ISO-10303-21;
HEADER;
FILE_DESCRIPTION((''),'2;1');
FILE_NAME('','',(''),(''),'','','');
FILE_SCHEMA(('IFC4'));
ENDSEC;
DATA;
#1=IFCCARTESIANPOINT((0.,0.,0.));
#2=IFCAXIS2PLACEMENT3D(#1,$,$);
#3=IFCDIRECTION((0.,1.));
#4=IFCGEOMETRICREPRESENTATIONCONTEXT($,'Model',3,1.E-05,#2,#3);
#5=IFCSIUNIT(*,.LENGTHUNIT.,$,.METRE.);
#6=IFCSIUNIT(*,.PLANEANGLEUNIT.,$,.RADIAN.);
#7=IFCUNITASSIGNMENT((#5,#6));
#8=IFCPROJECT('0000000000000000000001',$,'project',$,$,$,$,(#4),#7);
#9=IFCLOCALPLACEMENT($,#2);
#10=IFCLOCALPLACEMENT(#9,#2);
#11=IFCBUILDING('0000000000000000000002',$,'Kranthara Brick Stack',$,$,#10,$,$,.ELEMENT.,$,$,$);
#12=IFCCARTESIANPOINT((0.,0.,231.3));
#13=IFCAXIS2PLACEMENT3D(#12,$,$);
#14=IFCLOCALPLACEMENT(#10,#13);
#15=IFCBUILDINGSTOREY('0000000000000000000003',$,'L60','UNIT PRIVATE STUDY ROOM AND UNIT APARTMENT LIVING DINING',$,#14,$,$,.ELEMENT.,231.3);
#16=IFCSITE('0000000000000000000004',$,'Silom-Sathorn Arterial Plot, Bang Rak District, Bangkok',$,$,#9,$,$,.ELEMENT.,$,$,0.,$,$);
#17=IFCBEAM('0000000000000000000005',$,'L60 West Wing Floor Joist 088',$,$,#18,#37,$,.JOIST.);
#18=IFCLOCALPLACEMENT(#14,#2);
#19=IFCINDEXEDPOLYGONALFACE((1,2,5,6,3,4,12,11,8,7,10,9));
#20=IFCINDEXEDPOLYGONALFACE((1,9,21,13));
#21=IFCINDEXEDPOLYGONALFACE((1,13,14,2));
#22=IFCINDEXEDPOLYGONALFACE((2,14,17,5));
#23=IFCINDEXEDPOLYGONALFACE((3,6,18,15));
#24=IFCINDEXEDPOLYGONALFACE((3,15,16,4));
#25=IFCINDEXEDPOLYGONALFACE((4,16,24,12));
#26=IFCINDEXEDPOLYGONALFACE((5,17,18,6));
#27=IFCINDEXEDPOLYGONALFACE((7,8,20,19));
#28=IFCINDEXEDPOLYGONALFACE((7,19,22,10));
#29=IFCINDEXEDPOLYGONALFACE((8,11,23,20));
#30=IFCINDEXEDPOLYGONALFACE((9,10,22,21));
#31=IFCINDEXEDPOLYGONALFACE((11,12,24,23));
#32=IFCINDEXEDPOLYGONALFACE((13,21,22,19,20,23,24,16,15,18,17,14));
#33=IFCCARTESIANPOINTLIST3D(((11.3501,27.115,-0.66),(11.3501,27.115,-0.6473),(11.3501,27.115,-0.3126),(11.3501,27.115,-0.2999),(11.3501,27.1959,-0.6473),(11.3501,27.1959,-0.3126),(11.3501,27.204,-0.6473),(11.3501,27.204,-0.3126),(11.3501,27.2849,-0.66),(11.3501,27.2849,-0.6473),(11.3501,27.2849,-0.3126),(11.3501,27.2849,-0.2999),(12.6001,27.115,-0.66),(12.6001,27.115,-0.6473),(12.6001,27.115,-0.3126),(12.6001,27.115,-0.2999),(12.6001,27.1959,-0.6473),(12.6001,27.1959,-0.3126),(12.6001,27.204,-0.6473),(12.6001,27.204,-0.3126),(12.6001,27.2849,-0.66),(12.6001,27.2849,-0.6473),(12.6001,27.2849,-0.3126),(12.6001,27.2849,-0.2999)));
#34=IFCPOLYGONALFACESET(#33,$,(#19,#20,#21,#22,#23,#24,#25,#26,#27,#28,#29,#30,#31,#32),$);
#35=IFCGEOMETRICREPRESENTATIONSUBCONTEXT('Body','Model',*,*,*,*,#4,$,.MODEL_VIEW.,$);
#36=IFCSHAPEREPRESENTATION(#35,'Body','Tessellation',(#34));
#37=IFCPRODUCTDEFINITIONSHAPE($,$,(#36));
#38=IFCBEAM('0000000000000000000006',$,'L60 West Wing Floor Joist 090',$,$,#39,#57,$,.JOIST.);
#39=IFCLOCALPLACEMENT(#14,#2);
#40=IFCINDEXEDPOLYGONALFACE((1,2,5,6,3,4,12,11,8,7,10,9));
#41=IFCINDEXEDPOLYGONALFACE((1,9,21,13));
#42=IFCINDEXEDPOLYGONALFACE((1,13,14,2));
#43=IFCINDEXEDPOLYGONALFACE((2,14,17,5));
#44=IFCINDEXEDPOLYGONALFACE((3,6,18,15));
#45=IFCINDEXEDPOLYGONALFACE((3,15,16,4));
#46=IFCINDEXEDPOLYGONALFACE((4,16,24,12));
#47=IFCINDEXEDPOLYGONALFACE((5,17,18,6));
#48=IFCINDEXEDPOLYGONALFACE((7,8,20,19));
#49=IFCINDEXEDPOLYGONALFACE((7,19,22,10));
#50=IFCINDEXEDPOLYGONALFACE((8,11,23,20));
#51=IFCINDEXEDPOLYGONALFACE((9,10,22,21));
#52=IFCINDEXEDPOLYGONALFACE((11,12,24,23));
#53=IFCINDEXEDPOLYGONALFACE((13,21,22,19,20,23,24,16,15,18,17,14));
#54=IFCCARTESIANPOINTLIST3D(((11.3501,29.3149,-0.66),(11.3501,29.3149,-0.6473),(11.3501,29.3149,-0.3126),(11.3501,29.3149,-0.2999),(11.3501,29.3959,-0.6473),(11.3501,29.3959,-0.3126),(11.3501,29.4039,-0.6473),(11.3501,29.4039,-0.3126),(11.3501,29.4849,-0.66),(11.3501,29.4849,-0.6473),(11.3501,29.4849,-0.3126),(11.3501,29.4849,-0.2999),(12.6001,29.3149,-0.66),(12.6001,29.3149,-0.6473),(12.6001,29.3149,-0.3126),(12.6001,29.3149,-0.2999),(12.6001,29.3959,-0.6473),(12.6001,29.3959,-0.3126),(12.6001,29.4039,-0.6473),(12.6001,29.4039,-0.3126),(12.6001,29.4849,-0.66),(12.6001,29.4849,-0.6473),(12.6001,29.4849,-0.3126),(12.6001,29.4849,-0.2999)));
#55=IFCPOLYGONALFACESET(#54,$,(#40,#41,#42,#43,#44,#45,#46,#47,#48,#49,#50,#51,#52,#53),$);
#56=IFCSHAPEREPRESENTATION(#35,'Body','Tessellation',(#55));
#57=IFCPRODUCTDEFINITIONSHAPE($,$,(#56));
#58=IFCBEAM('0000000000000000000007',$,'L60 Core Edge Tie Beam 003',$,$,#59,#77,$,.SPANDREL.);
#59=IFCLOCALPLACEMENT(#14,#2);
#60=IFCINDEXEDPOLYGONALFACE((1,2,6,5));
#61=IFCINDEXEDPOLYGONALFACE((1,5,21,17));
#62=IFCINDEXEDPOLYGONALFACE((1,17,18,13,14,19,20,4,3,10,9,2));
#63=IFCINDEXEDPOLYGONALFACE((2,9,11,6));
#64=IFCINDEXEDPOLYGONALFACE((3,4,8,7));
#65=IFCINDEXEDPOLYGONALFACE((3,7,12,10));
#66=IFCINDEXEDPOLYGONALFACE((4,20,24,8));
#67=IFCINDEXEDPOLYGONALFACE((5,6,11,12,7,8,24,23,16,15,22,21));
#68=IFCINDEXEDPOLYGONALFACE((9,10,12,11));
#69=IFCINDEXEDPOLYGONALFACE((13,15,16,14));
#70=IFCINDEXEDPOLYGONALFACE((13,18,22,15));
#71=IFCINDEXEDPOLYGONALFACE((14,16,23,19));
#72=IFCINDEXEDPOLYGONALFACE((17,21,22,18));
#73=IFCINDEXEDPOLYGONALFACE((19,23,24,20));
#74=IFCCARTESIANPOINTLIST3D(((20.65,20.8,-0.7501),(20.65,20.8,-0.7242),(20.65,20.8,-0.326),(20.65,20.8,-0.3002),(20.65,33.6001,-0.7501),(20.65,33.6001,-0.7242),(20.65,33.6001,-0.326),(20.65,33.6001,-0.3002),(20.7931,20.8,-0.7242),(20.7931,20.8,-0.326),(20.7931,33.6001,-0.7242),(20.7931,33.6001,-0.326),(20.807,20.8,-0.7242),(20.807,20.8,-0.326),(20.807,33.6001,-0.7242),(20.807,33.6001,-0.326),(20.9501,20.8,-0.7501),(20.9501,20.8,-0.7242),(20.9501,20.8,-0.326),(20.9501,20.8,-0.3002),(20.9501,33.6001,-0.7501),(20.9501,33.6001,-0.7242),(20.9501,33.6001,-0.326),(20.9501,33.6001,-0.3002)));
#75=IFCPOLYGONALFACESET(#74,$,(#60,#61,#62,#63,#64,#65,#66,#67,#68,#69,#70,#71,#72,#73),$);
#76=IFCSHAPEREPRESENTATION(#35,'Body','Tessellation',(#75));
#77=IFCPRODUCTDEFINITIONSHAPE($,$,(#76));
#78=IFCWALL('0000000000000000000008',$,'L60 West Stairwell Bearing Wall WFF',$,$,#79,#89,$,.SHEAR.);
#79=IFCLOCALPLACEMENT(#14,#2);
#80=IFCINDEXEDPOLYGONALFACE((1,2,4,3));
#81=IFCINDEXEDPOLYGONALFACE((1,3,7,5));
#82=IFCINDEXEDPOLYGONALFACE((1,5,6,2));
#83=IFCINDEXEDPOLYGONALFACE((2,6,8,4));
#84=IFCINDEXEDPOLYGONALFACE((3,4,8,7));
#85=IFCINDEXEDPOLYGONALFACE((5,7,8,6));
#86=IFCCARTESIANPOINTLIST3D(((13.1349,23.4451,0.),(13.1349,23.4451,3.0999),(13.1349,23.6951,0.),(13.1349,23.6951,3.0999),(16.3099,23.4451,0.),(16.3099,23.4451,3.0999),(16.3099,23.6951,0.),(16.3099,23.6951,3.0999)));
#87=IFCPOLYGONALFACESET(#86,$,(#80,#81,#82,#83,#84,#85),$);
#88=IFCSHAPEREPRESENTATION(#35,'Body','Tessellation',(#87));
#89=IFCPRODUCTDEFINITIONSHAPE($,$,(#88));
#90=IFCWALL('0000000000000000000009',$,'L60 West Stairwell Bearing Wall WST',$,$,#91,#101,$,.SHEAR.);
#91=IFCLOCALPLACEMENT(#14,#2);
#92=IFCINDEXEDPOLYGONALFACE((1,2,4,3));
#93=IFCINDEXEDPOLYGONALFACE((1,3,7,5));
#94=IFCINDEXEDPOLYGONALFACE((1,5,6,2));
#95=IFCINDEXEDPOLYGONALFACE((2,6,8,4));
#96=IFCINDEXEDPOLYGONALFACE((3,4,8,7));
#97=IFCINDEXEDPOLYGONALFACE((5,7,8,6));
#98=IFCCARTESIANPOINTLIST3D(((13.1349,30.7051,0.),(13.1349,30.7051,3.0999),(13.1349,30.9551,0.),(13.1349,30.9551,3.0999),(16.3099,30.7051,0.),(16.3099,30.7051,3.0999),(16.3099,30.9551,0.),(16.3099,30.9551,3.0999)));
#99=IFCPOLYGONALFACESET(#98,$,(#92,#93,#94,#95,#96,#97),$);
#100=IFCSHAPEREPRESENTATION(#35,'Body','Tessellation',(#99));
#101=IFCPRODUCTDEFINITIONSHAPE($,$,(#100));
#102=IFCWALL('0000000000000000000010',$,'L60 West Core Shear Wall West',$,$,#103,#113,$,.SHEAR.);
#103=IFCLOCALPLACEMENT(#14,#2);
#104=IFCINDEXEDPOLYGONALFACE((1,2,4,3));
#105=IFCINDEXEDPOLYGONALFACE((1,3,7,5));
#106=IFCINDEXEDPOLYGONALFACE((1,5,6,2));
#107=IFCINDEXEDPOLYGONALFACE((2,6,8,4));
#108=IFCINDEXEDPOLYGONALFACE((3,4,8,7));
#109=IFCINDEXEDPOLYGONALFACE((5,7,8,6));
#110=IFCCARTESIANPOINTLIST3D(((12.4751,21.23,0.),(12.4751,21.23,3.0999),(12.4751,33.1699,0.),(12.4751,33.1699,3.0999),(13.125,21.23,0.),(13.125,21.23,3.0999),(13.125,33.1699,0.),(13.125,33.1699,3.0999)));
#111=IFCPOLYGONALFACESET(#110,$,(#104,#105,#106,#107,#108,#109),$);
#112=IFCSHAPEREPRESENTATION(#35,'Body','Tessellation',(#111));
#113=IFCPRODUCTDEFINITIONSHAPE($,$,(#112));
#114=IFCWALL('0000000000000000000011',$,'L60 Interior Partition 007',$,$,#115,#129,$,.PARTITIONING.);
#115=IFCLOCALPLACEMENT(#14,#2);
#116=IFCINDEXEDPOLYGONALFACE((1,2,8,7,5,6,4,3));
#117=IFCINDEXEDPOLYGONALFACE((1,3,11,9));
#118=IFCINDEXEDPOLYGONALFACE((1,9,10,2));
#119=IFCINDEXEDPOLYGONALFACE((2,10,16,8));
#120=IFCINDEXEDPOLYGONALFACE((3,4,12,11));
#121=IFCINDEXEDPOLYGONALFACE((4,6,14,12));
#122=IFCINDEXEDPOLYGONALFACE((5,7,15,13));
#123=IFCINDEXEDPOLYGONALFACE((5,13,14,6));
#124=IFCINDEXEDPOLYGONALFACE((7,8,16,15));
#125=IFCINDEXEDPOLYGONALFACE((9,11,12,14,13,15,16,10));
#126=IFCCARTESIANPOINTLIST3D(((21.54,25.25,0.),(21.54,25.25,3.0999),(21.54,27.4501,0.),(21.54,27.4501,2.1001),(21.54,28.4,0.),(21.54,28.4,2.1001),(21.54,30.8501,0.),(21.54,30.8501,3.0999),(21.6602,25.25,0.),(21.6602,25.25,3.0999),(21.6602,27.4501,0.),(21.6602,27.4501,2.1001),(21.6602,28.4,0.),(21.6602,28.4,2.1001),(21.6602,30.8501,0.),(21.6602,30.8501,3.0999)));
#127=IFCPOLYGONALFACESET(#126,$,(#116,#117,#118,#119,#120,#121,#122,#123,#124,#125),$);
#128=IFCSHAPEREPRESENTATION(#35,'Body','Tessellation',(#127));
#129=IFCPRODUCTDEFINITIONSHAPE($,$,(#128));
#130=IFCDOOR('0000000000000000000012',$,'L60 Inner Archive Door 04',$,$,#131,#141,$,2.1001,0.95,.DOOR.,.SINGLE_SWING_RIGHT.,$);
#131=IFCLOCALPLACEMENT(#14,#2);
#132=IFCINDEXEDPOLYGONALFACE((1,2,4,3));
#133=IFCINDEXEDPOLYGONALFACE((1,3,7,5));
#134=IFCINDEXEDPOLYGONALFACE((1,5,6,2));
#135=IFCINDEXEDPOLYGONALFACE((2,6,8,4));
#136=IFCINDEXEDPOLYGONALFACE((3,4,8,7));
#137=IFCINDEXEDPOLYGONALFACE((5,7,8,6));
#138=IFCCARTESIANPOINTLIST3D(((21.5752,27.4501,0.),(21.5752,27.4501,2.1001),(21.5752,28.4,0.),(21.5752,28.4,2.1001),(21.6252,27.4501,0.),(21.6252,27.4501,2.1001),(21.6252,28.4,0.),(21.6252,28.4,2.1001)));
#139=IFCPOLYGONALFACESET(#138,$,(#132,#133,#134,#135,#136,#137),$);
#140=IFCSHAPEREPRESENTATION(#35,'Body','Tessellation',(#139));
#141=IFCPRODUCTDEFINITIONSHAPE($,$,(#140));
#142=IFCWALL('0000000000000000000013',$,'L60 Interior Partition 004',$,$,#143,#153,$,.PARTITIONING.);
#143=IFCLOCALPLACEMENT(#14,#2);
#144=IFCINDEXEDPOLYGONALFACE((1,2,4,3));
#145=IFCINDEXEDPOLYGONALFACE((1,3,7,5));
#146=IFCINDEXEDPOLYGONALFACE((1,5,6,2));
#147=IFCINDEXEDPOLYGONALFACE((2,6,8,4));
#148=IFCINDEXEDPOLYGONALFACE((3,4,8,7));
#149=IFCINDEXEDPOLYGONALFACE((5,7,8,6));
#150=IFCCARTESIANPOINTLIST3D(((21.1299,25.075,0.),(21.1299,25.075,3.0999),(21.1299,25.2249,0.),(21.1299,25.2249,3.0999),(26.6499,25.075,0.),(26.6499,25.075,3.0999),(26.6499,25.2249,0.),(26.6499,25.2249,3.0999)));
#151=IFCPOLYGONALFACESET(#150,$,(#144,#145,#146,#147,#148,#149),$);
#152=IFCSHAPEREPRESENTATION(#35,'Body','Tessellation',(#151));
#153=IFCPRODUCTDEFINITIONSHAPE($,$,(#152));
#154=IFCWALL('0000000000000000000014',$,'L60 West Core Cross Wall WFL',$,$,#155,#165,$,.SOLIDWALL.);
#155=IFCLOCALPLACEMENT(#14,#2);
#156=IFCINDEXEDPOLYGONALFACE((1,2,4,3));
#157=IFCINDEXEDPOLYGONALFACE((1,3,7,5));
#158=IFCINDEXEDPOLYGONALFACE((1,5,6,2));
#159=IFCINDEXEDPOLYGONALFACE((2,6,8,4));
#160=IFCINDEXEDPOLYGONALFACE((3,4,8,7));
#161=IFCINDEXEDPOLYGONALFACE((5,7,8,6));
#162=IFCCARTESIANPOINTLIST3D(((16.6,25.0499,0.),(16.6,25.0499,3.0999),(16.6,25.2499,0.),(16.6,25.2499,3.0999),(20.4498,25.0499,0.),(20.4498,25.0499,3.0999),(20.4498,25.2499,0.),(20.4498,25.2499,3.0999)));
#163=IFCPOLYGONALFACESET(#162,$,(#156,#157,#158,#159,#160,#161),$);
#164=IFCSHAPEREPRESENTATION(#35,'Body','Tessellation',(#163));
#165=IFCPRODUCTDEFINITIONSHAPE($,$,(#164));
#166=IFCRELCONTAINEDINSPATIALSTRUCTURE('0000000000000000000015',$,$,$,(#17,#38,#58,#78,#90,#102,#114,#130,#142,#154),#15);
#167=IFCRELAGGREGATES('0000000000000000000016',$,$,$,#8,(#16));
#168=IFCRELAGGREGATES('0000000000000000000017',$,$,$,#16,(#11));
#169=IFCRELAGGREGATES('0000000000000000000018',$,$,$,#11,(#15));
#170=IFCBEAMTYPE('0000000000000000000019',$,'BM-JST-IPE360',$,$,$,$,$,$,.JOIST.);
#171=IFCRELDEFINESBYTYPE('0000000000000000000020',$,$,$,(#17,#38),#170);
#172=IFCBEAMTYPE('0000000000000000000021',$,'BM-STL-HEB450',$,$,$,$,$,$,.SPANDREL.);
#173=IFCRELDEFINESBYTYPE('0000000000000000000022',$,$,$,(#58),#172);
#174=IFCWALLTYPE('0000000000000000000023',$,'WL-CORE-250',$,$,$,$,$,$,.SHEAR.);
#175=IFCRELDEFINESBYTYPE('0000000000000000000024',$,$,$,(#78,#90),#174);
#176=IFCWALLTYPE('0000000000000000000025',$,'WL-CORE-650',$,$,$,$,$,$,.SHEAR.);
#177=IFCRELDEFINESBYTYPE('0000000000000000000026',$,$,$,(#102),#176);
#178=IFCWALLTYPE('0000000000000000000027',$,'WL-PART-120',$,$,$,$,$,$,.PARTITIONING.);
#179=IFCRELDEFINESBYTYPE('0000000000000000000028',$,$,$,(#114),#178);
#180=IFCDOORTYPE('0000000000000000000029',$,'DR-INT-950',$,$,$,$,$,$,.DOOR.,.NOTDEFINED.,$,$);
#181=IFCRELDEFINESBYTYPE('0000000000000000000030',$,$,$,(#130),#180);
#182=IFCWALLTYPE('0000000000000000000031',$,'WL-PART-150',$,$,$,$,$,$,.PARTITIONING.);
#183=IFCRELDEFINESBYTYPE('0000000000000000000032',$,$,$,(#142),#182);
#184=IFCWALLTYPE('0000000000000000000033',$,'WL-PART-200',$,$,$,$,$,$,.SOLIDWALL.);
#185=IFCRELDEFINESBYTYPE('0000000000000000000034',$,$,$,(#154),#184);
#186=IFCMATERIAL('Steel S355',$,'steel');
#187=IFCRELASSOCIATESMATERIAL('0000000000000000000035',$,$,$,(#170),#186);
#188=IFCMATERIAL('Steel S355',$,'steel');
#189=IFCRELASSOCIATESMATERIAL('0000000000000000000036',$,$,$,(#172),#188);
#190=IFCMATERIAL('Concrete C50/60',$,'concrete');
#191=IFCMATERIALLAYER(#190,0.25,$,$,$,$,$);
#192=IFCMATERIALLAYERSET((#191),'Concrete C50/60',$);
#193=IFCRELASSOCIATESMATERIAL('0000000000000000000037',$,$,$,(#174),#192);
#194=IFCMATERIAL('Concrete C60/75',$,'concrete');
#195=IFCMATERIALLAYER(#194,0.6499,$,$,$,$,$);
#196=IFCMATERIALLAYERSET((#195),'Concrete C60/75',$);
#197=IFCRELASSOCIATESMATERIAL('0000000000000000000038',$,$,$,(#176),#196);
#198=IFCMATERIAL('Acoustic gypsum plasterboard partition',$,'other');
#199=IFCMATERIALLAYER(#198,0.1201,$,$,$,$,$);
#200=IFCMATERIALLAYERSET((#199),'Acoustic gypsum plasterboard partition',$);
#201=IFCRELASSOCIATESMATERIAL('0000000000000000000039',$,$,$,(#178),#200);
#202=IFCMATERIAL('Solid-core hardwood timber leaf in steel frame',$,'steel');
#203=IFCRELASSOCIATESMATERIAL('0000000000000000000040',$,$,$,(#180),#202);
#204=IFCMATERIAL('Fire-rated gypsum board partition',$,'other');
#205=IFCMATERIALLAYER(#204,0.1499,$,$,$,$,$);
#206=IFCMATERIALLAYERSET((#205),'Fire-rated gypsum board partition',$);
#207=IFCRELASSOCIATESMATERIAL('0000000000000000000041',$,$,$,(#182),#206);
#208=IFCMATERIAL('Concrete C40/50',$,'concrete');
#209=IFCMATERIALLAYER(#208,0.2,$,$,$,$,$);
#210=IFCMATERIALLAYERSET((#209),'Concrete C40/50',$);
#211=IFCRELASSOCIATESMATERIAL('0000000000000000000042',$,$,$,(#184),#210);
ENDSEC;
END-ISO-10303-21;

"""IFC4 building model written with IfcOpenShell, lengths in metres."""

from ifc_helpers import new_model, si_unit, direction, frame, frame_2d, origin, origin_2d, place, context, subcontext, project, spatial, rectangle, i_section, extrude, material, layer, layer_set, material_profile, profile_set, type_object, element, fill, save


model = new_model("IFC4")

# Units and contexts
model_context = context("Model", 3, precision=1e-05, world=origin(), true_north=direction((0.0, 1.0)))
body_context = subcontext(model_context, "Body", "Model", "MODEL_VIEW")
ifc_project = project(units=[si_unit("LENGTHUNIT", "METRE"), si_unit("PLANEANGLEUNIT", "RADIAN")], contexts=[model_context])

# Site, building, storey
site_placement = place(None, origin())
site = spatial("IfcSite", under=ifc_project, at=site_placement, Name="Silom-Sathorn Arterial Plot, Bang Rak District, Bangkok", CompositionType="ELEMENT", RefElevation=0.0)
building_placement = place(site_placement, origin())
building = spatial("IfcBuilding", under=site, at=building_placement, Name="Kranthara Brick Stack", CompositionType="ELEMENT")
storey_placement = place(building_placement, frame((0.0, 0.0, 231.3)))
storey = spatial("IfcBuildingStorey", under=building, at=storey_placement, Name="L60", Description="UNIT PRIVATE STUDY ROOM AND UNIT APARTMENT LIVING DINING", CompositionType="ELEMENT", Elevation=231.3)

# Beams
ifc_material_1 = material(Name="Steel S355", Category="steel")
ifc_material_profile_1 = material_profile(ifc_material_1, i_section(OverallWidth=0.1699, OverallDepth=0.3601, WebThickness=0.0081, FlangeThickness=0.0127, at=origin_2d()), Name="IPE 360")
ifc_profile_set_1 = profile_set([ifc_material_profile_1], Name="Steel S355")
beam_type_1 = type_object("IfcBeamType", Name="BM-JST-IPE360", PredefinedType="JOIST", material=ifc_profile_set_1)
for number, where, z_axis, x_axis, name in (
    (1, (11.3501, 27.2, -0.48), (1.0, 0.0, 0.0), (0.0, 1.0, 0.0), "L60 West Wing Floor Joist 088"),
    (2, (11.3501, 29.3999, -0.48), (1.0, 0.0, 0.0), (0.0, 1.0, 0.0), "L60 West Wing Floor Joist 090"),
):
    element("IfcBeam", number, at=place(storey_placement, frame(where, z_axis=z_axis, x_axis=x_axis)), inside=storey, type_object=beam_type_1, Name=name, PredefinedType="JOIST", context=body_context, shape_type="SweptSolid", body=[
        extrude(i_section(OverallWidth=0.1699, OverallDepth=0.3601, WebThickness=0.0081, FlangeThickness=0.0127, at=origin_2d()), origin(), (0.0, 0.0, 1.0), 1.25),
    ])
ifc_material_2 = material(Name="Steel S355", Category="steel")
ifc_material_profile_2 = material_profile(ifc_material_2, i_section(OverallWidth=0.3, OverallDepth=0.45, WebThickness=0.0139, FlangeThickness=0.0259, at=origin_2d()), Name="HEB 450")
ifc_profile_set_2 = profile_set([ifc_material_profile_2], Name="Steel S355")
beam_type_2 = type_object("IfcBeamType", Name="BM-STL-HEB450", PredefinedType="SPANDREL", material=ifc_profile_set_2)
beam_1_placement = place(storey_placement, frame((20.8, 20.8, -0.5251), z_axis=(0.0, 1.0, 0.0), x_axis=(-1.0, 0.0, 0.0)))
element("IfcBeam", 3, at=beam_1_placement, inside=storey, type_object=beam_type_2, Name="L60 Core Edge Tie Beam 003", PredefinedType="SPANDREL", context=body_context, shape_type="SweptSolid", body=[
    extrude(i_section(OverallWidth=0.3, OverallDepth=0.45, WebThickness=0.0139, FlangeThickness=0.0259, at=origin_2d()), origin(), (0.0, 0.0, 1.0), 12.8),
])

# Shared definitions
ifc_material_3 = material(Name="Concrete C50/60", Category="concrete")
ifc_layer_1 = layer(ifc_material_3, 0.25)
ifc_layer_set_1 = layer_set([ifc_layer_1], Name="Concrete C50/60")
wall_type_1 = type_object("IfcWallType", Name="WL-CORE-250", PredefinedType="SHEAR", material=ifc_layer_set_1)

# Walls
for number, where, z_axis, x_axis, name in (
    (4, (13.135, 23.5701, 0.0), (0.0, 0.0, 1.0), (1.0, 0.0, 0.0), "L60 West Stairwell Bearing Wall WFF"),
    (5, (13.135, 30.8301, 0.0), (0.0, 0.0, 1.0), (1.0, 0.0, 0.0), "L60 West Stairwell Bearing Wall WST"),
):
    element("IfcWall", number, at=place(storey_placement, frame(where, z_axis=z_axis, x_axis=x_axis)), inside=storey, type_object=wall_type_1, Name=name, PredefinedType="SHEAR", context=body_context, shape_type="SweptSolid", body=[
        extrude(rectangle(XDim=3.175, YDim=0.25, at=frame_2d((1.5874, 0.0))), origin(), (0.0, 0.0, 1.0), 3.0999),
    ])
ifc_material_4 = material(Name="Concrete C60/75", Category="concrete")
ifc_layer_2 = layer(ifc_material_4, 0.6499)
ifc_layer_set_2 = layer_set([ifc_layer_2], Name="Concrete C60/75")
wall_type_2 = type_object("IfcWallType", Name="WL-CORE-650", PredefinedType="SHEAR", material=ifc_layer_set_2)
wall_1_placement = place(storey_placement, frame((12.8, 21.23, 0.0), z_axis=(0.0, 0.0, 1.0), x_axis=(0.0, 1.0, 0.0)))
element("IfcWall", 6, at=wall_1_placement, inside=storey, type_object=wall_type_2, Name="L60 West Core Shear Wall West", PredefinedType="SHEAR", context=body_context, shape_type="SweptSolid", body=[
    extrude(rectangle(XDim=11.9399, YDim=0.6499, at=frame_2d((5.97, 0.0))), origin(), (0.0, 0.0, 1.0), 3.0999),
])

# Wall, opening, door
ifc_material_5 = material(Name="Acoustic gypsum plasterboard partition", Category="other")
ifc_layer_3 = layer(ifc_material_5, 0.1201)
ifc_layer_set_3 = layer_set([ifc_layer_3], Name="Acoustic gypsum plasterboard partition")
wall_type_3 = type_object("IfcWallType", Name="WL-PART-120", PredefinedType="PARTITIONING", material=ifc_layer_set_3)
wall_2_placement = place(storey_placement, frame((21.6001, 25.25, 0.0), z_axis=(0.0, 0.0, 1.0), x_axis=(0.0, 1.0, 0.0)))
wall_2 = element("IfcWall", 7, at=wall_2_placement, inside=storey, type_object=wall_type_3, Name="L60 Interior Partition 007", PredefinedType="PARTITIONING", context=body_context, shape_type="SweptSolid", body=[
    extrude(rectangle(XDim=5.6001, YDim=0.1201, at=frame_2d((2.8, 0.0))), origin(), (0.0, 0.0, 1.0), 3.0999),
])
opening_1_placement = place(wall_2_placement, frame((2.2, 0.0, 0.0)))
opening_1 = element("IfcOpeningElement", 8, at=opening_1_placement, cuts=wall_2, PredefinedType="OPENING", context=body_context, shape_type="SweptSolid", body=[
    extrude(rectangle(XDim=0.95, YDim=2.1001, at=frame_2d((0.4751, 1.05))), frame((0.0, 0.0701, 0.0), z_axis=(0.0, -1.0, 0.0), x_axis=(1.0, 0.0, 0.0)), (0.0, 0.0, 1.0), 0.1401),
])
ifc_material_6 = material(Name="Solid-core hardwood timber leaf in steel frame", Category="steel")
door_type_1 = type_object("IfcDoorType", Name="DR-INT-950", OperationType="NOTDEFINED", PredefinedType="DOOR", material=ifc_material_6)
door_1_placement = place(opening_1_placement, origin())
door_1 = element("IfcDoor", 9, at=door_1_placement, inside=storey, type_object=door_type_1, Name="L60 Inner Archive Door 04", OperationType="SINGLE_SWING_RIGHT", OverallHeight=2.1001, OverallWidth=0.95, PredefinedType="DOOR", context=body_context, shape_type="SweptSolid", body=[
    extrude(rectangle(XDim=0.95, YDim=2.1001, at=frame_2d((0.4751, 1.05))), frame((0.0, 0.0249, 0.0), z_axis=(0.0, -1.0, 0.0), x_axis=(1.0, 0.0, 0.0)), (0.0, 0.0, 1.0), 0.05),
])
fill(opening_1, door_1)

# Walls
ifc_material_7 = material(Name="Fire-rated gypsum board partition", Category="other")
ifc_layer_4 = layer(ifc_material_7, 0.1499)
ifc_layer_set_4 = layer_set([ifc_layer_4], Name="Fire-rated gypsum board partition")
wall_type_4 = type_object("IfcWallType", Name="WL-PART-150", PredefinedType="PARTITIONING", material=ifc_layer_set_4)
wall_3_placement = place(storey_placement, frame((21.1299, 25.1499, 0.0), z_axis=(0.0, 0.0, 1.0), x_axis=(1.0, 0.0, 0.0)))
element("IfcWall", 10, at=wall_3_placement, inside=storey, type_object=wall_type_4, Name="L60 Interior Partition 004", PredefinedType="PARTITIONING", context=body_context, shape_type="SweptSolid", body=[
    extrude(rectangle(XDim=5.52, YDim=0.1499, at=frame_2d((2.76, 0.0))), origin(), (0.0, 0.0, 1.0), 3.0999),
])
ifc_material_8 = material(Name="Concrete C40/50", Category="concrete")
ifc_layer_5 = layer(ifc_material_8, 0.2)
ifc_layer_set_5 = layer_set([ifc_layer_5], Name="Concrete C40/50")
wall_type_5 = type_object("IfcWallType", Name="WL-PART-200", PredefinedType="SOLIDWALL", material=ifc_layer_set_5)
wall_4_placement = place(storey_placement, frame((16.6001, 25.1499, 0.0), z_axis=(0.0, 0.0, 1.0), x_axis=(1.0, 0.0, 0.0)))
element("IfcWall", 11, at=wall_4_placement, inside=storey, type_object=wall_type_5, Name="L60 West Core Cross Wall WFL", PredefinedType="SOLIDWALL", context=body_context, shape_type="SweptSolid", body=[
    extrude(rectangle(XDim=3.8499, YDim=0.2, at=frame_2d((1.9248, 0.0))), origin(), (0.0, 0.0, 1.0), 3.0999),
])

save(model, "model.ifc")
